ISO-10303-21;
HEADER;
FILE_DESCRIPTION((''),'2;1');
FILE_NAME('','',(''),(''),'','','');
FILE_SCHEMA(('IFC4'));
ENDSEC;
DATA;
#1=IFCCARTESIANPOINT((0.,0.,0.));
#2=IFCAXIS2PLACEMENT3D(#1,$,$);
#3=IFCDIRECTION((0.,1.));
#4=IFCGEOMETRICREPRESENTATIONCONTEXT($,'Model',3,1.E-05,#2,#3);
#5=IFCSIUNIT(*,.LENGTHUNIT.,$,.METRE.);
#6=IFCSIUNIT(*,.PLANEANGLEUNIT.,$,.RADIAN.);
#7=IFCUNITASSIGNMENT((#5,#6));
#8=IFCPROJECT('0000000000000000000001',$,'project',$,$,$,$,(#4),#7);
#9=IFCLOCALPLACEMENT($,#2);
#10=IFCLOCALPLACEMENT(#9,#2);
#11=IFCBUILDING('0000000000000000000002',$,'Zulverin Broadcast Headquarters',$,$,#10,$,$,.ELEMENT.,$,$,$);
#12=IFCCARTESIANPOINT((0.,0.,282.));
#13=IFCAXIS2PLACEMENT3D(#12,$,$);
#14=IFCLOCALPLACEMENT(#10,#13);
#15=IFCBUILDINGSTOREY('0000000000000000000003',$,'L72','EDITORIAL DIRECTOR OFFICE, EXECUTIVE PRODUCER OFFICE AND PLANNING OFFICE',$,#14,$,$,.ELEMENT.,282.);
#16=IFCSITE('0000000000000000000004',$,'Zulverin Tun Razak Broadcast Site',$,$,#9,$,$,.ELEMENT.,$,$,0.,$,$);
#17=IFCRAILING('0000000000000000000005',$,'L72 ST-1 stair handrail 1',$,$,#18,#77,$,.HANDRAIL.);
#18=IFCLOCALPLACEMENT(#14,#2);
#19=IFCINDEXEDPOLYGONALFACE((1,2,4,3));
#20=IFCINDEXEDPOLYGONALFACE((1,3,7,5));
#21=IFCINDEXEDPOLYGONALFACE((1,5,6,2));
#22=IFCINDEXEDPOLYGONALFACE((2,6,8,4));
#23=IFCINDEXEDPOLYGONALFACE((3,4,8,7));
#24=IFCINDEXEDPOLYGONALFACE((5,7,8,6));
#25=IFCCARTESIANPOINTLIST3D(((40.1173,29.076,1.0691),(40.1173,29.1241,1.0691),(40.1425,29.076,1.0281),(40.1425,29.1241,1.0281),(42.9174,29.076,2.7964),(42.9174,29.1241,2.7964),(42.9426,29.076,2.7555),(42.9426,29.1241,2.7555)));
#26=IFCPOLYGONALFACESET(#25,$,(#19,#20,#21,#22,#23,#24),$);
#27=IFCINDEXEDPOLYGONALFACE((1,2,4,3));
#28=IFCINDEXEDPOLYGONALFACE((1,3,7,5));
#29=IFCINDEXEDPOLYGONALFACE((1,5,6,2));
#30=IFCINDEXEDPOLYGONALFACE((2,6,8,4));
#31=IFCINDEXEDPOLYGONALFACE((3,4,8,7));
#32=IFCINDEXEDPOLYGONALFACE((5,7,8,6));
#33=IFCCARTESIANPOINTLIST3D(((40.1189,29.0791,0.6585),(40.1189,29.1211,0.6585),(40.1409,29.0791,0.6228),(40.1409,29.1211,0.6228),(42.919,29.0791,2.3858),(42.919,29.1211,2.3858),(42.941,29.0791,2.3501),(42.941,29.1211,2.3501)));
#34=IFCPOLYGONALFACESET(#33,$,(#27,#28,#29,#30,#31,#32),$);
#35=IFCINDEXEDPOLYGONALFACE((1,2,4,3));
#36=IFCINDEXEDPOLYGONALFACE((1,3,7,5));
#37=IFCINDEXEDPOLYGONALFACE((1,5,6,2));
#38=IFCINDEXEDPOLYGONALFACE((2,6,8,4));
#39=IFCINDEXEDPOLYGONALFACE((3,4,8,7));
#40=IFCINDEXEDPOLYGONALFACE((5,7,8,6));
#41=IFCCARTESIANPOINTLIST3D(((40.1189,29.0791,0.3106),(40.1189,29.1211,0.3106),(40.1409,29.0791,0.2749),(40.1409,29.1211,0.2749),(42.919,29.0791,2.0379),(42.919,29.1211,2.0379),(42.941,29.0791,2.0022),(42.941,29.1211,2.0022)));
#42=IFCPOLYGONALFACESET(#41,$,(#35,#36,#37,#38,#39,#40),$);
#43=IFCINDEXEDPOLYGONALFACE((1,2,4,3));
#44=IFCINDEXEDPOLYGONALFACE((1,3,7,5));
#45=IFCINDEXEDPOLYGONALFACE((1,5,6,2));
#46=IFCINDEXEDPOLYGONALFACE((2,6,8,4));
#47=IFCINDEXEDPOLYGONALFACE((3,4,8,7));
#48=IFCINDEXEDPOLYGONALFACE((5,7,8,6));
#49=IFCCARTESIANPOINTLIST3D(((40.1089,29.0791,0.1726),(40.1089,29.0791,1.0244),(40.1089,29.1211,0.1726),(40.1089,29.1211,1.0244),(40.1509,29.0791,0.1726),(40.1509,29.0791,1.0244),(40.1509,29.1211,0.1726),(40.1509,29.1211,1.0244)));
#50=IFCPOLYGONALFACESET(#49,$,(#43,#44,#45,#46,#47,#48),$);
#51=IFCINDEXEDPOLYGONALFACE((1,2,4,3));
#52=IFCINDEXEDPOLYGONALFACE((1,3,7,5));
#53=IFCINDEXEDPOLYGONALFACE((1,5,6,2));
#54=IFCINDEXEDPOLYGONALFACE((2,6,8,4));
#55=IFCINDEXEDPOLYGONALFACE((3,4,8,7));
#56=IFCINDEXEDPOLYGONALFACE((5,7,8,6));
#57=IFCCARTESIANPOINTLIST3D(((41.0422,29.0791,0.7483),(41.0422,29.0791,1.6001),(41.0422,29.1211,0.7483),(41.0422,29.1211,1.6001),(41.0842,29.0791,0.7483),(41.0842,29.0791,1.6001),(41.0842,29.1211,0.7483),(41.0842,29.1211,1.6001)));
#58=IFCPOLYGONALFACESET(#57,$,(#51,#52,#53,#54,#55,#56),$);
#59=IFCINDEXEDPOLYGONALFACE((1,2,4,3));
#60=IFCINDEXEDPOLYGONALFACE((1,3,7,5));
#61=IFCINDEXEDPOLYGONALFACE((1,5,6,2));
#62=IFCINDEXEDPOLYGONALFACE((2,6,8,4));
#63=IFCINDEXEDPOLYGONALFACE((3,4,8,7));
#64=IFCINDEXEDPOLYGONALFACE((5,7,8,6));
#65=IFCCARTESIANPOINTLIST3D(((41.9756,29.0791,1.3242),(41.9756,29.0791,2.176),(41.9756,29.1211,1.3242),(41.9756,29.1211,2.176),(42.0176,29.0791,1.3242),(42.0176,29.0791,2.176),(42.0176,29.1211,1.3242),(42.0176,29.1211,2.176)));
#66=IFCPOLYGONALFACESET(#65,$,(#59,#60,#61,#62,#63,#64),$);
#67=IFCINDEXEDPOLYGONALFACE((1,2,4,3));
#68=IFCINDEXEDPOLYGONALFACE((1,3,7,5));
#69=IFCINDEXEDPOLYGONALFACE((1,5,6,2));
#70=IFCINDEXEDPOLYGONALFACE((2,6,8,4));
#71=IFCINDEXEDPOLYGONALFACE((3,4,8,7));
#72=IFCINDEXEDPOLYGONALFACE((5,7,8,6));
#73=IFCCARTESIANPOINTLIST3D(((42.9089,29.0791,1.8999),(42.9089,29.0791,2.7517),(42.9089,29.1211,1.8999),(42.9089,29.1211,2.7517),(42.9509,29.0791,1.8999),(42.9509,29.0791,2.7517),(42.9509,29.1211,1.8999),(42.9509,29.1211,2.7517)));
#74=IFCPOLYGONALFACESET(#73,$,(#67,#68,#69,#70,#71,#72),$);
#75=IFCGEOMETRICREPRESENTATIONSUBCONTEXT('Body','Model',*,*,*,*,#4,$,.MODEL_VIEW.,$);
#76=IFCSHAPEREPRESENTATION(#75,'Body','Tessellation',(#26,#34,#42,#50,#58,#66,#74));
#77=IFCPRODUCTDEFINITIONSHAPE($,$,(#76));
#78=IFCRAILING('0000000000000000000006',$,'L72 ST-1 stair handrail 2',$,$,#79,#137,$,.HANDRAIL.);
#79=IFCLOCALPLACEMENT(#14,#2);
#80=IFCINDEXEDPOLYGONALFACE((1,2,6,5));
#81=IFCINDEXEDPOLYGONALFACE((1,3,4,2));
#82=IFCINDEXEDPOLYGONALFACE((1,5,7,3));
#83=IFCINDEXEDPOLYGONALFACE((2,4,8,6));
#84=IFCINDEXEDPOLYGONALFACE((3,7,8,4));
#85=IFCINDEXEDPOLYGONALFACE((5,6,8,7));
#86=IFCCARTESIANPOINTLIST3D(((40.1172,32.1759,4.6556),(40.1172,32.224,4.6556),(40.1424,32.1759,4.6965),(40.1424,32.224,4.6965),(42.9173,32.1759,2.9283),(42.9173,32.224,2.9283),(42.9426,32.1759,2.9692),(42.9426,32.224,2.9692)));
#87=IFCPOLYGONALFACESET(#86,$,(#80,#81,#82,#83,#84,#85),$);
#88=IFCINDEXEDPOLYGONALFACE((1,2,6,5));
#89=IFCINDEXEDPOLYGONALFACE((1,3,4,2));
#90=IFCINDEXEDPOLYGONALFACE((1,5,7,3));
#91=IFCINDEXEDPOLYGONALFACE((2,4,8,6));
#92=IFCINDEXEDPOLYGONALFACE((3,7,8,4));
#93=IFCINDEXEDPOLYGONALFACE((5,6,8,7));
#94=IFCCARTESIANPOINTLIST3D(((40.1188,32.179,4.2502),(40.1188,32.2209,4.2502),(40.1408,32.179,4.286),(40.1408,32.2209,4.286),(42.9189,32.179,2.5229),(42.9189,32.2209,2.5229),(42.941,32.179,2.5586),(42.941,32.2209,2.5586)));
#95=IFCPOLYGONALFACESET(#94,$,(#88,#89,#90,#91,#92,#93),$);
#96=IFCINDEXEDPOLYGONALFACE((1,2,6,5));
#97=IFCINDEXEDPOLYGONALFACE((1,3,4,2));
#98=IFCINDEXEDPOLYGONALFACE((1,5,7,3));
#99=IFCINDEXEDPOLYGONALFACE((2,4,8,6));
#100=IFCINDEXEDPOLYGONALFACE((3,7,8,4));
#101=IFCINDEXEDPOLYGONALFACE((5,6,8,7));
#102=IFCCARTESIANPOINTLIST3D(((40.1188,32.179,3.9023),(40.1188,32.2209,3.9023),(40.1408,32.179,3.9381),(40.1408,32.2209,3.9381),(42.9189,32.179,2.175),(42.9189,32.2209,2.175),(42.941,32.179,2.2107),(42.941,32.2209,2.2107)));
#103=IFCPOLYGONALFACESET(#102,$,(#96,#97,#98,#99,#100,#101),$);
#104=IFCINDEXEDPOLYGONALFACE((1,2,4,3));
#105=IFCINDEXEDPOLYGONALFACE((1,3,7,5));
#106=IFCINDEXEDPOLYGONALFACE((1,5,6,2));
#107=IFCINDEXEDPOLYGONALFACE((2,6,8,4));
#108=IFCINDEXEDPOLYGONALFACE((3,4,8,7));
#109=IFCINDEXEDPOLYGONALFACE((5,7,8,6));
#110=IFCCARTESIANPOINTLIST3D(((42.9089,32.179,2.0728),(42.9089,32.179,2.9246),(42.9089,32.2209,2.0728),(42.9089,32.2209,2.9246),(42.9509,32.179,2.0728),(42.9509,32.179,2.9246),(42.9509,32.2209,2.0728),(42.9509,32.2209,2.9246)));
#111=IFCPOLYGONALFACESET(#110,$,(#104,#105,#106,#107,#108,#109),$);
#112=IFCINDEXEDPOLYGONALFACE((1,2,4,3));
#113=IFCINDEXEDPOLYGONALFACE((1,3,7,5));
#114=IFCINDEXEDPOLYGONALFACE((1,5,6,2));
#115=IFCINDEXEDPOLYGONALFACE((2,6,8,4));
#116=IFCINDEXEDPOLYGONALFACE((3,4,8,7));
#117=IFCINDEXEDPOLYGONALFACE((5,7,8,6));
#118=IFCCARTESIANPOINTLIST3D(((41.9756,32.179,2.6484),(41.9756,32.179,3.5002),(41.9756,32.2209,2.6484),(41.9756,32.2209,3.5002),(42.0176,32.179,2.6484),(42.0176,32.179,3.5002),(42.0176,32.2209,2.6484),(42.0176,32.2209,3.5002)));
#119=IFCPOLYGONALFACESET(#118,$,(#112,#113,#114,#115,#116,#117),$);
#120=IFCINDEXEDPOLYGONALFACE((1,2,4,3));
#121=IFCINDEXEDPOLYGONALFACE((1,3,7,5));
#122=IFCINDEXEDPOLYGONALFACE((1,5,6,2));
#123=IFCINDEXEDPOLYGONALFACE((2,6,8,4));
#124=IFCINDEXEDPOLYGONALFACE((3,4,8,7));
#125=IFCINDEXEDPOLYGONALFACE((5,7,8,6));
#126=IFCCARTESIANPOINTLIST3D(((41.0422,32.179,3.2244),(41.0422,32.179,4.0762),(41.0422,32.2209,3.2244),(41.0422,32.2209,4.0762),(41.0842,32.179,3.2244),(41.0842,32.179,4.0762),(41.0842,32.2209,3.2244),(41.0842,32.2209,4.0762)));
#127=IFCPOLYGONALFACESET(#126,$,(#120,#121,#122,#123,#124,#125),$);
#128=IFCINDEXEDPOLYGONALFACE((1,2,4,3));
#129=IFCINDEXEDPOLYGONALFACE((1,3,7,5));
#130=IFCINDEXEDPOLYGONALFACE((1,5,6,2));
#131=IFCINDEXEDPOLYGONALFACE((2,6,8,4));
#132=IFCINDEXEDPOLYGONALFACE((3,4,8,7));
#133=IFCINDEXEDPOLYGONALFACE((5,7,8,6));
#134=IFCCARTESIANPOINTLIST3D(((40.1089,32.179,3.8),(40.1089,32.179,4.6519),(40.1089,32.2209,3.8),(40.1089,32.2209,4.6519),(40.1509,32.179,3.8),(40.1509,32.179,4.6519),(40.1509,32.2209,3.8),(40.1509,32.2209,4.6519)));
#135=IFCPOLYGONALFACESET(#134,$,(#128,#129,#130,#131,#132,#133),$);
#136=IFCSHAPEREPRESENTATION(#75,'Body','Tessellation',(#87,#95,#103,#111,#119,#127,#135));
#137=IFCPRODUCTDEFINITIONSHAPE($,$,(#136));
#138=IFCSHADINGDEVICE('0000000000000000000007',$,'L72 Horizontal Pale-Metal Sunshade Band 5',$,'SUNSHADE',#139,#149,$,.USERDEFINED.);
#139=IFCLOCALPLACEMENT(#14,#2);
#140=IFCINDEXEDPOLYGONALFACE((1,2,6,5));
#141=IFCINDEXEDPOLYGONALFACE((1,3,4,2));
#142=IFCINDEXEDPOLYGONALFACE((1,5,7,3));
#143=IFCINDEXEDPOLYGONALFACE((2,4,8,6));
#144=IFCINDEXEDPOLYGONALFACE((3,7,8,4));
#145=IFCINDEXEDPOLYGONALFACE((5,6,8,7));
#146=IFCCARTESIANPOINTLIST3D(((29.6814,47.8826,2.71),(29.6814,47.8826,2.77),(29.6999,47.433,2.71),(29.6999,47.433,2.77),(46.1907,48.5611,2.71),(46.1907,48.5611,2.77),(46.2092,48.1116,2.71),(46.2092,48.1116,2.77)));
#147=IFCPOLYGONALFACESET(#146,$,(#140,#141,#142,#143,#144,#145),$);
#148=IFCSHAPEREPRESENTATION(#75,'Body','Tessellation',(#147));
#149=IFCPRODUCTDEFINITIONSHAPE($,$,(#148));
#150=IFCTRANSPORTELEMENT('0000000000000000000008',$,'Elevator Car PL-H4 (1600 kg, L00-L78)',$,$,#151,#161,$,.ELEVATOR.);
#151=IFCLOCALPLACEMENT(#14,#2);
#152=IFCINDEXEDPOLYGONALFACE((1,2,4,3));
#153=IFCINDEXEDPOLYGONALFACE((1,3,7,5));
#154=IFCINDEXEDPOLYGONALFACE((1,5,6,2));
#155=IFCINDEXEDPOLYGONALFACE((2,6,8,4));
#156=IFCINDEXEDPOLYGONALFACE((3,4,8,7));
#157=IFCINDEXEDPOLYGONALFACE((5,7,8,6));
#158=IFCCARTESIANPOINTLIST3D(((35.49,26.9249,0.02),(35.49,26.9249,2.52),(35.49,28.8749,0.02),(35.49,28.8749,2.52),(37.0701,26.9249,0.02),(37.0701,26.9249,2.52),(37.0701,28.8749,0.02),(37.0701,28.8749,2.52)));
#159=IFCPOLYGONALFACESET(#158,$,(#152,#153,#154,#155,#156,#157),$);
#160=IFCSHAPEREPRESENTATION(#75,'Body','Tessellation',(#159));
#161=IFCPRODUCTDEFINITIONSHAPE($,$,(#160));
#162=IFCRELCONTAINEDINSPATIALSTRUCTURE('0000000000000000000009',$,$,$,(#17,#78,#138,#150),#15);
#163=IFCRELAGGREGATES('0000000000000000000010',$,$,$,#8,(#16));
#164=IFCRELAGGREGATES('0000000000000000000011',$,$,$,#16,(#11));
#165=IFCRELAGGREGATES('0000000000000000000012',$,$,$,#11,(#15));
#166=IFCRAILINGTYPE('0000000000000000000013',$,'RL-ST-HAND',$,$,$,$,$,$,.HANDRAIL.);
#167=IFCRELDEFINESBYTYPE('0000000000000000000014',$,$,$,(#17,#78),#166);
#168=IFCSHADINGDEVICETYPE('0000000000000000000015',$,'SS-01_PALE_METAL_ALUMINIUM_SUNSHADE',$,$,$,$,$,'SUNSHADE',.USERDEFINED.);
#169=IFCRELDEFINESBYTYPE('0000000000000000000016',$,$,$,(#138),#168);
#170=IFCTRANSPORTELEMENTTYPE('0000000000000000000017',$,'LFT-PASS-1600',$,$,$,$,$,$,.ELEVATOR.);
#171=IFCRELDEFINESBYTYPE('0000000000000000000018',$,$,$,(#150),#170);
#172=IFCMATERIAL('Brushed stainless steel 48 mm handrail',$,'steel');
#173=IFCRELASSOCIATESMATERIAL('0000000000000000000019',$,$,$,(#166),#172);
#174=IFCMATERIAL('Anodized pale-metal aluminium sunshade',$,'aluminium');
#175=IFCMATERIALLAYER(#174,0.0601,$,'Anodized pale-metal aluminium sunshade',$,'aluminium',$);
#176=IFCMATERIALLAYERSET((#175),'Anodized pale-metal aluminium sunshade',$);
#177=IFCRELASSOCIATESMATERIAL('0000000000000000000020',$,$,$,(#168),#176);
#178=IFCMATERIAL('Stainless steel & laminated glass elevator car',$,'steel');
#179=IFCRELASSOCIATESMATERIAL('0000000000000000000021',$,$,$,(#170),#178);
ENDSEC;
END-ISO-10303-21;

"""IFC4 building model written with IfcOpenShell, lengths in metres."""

from ifc_helpers import new_model, si_unit, direction, frame, origin, origin_2d, place, context, subcontext, project, spatial, rectangle, extrude, material, layer, layer_set, type_object, element, save


model = new_model("IFC4")

# Units and contexts
model_context = context("Model", 3, precision=1e-05, world=origin(), true_north=direction((0.0, 1.0)))
body_context = subcontext(model_context, "Body", "Model", "MODEL_VIEW")
ifc_project = project(units=[si_unit("LENGTHUNIT", "METRE"), si_unit("PLANEANGLEUNIT", "RADIAN")], contexts=[model_context])

# Site, building, storey
site_placement = place(None, origin())
site = spatial("IfcSite", under=ifc_project, at=site_placement, Name="Zulverin Tun Razak Broadcast Site", CompositionType="ELEMENT", RefElevation=0.0)
building_placement = place(site_placement, origin())
building = spatial("IfcBuilding", under=site, at=building_placement, Name="Zulverin Broadcast Headquarters", CompositionType="ELEMENT")
storey_placement = place(building_placement, frame((0.0, 0.0, 282.0)))
storey = spatial("IfcBuildingStorey", under=building, at=storey_placement, Name="L72", Description="EDITORIAL DIRECTOR OFFICE, EXECUTIVE PRODUCER OFFICE AND PLANNING OFFICE", CompositionType="ELEMENT", Elevation=282.0)

# Railings
ifc_material_1 = material(Name="Brushed stainless steel 48 mm handrail", Category="steel")
railing_type_1 = type_object("IfcRailingType", Name="RL-ST-HAND", PredefinedType="HANDRAIL", material=ifc_material_1)
railing_1_placement = place(storey_placement, frame((40.1299, 29.1001, 0.1726)))
element("IfcRailing", 1, at=railing_1_placement, inside=storey, type_object=railing_type_1, Name="L72 ST-1 stair handrail 1", PredefinedType="HANDRAIL", context=body_context, shape_type="SweptSolid", body=[
    extrude(rectangle(XDim=0.0481, YDim=0.0481, at=origin_2d()), frame((0.0, 0.0, 0.876), z_axis=(0.85109, 0.0, 0.52502), x_axis=(0.0, 1.0, 0.0)), (0.0, 0.0, 1.0), 3.29),
    extrude(rectangle(XDim=0.042, YDim=0.042, at=origin_2d()), frame((0.0, 0.0, 0.468), z_axis=(0.85109, 0.0, 0.52502), x_axis=(0.0, 1.0, 0.0)), (0.0, 0.0, 1.0), 3.29),
    extrude(rectangle(XDim=0.042, YDim=0.042, at=origin_2d()), frame((0.0, 0.0, 0.1201), z_axis=(0.85109, 0.0, 0.52502), x_axis=(0.0, 1.0, 0.0)), (0.0, 0.0, 1.0), 3.29),
    extrude(rectangle(XDim=0.042, YDim=0.042, at=origin_2d()), origin(), (0.0, 0.0, 1.0), 0.8518),
    extrude(rectangle(XDim=0.042, YDim=0.042, at=origin_2d()), frame((0.9333, 0.0, 0.5757)), (0.0, 0.0, 1.0), 0.8518),
    extrude(rectangle(XDim=0.042, YDim=0.042, at=origin_2d()), frame((1.8667, 0.0, 1.1516)), (0.0, 0.0, 1.0), 0.8518),
    extrude(rectangle(XDim=0.042, YDim=0.042, at=origin_2d()), frame((2.8, 0.0, 1.7273)), (0.0, 0.0, 1.0), 0.8518),
])
railing_2_placement = place(storey_placement, frame((42.9299, 32.2, 2.0728)))
element("IfcRailing", 2, at=railing_2_placement, inside=storey, type_object=railing_type_1, Name="L72 ST-1 stair handrail 2", PredefinedType="HANDRAIL", context=body_context, shape_type="SweptSolid", body=[
    extrude(rectangle(XDim=0.0481, YDim=0.0481, at=origin_2d()), frame((0.0, 0.0, 0.876), z_axis=(-0.85109, 0.0, 0.52502), x_axis=(0.0, -1.0, 0.0)), (0.0, 0.0, 1.0), 3.29),
    extrude(rectangle(XDim=0.042, YDim=0.042, at=origin_2d()), frame((0.0, 0.0, 0.468), z_axis=(-0.85109, 0.0, 0.52502), x_axis=(0.0, -1.0, 0.0)), (0.0, 0.0, 1.0), 3.29),
    extrude(rectangle(XDim=0.042, YDim=0.042, at=origin_2d()), frame((0.0, 0.0, 0.1201), z_axis=(-0.85109, 0.0, 0.52502), x_axis=(0.0, -1.0, 0.0)), (0.0, 0.0, 1.0), 3.29),
    extrude(rectangle(XDim=0.042, YDim=0.042, at=origin_2d()), origin(), (0.0, 0.0, 1.0), 0.8518),
    extrude(rectangle(XDim=0.042, YDim=0.042, at=origin_2d()), frame((-0.9333, 0.0, 0.5757)), (0.0, 0.0, 1.0), 0.8518),
    extrude(rectangle(XDim=0.042, YDim=0.042, at=origin_2d()), frame((-1.8667, 0.0, 1.1516)), (0.0, 0.0, 1.0), 0.8518),
    extrude(rectangle(XDim=0.042, YDim=0.042, at=origin_2d()), frame((-2.8, 0.0, 1.7273)), (0.0, 0.0, 1.0), 0.8518),
])

# Shading device
ifc_material_2 = material(Name="Anodized pale-metal aluminium sunshade", Category="aluminium")
ifc_layer_1 = layer(ifc_material_2, 0.0601, Name="Anodized pale-metal aluminium sunshade", Category="aluminium")
ifc_layer_set_1 = layer_set([ifc_layer_1], Name="Anodized pale-metal aluminium sunshade")
shading_device_type = type_object("IfcShadingDeviceType", Name="SS-01_PALE_METAL_ALUMINIUM_SUNSHADE", ElementType="SUNSHADE", PredefinedType="USERDEFINED", material=ifc_layer_set_1)
shading_device_placement = place(storey_placement, frame((37.9453, 47.9971, 2.71), z_axis=(0.0, 0.0, 1.0), x_axis=(-0.999156, -0.041068, 0.0)))
element("IfcShadingDevice", 3, at=shading_device_placement, inside=storey, type_object=shading_device_type, Name="L72 Horizontal Pale-Metal Sunshade Band 5", ObjectType="SUNSHADE", PredefinedType="USERDEFINED", context=body_context, shape_type="SweptSolid", body=[
    extrude(rectangle(XDim=16.5232, YDim=0.45, at=origin_2d()), origin(), (0.0, 0.0, 1.0), 0.0601),
])

# Transport element
ifc_material_3 = material(Name="Stainless steel & laminated glass elevator car", Category="steel")
transport_element_type = type_object("IfcTransportElementType", Name="LFT-PASS-1600", PredefinedType="ELEVATOR", material=ifc_material_3)
transport_element_placement = place(storey_placement, frame((36.28, 27.8999, 0.02), z_axis=(0.0, 0.0, 1.0), x_axis=(1.0, 0.0, 0.0)))
element("IfcTransportElement", 4, at=transport_element_placement, inside=storey, type_object=transport_element_type, Name="Elevator Car PL-H4 (1600 kg, L00-L78)", PredefinedType="ELEVATOR", context=body_context, shape_type="SweptSolid", body=[
    extrude(rectangle(XDim=1.5801, YDim=1.95, at=origin_2d()), origin(), (0.0, 0.0, 1.0), 2.5),
])

save(model, "model.ifc")
